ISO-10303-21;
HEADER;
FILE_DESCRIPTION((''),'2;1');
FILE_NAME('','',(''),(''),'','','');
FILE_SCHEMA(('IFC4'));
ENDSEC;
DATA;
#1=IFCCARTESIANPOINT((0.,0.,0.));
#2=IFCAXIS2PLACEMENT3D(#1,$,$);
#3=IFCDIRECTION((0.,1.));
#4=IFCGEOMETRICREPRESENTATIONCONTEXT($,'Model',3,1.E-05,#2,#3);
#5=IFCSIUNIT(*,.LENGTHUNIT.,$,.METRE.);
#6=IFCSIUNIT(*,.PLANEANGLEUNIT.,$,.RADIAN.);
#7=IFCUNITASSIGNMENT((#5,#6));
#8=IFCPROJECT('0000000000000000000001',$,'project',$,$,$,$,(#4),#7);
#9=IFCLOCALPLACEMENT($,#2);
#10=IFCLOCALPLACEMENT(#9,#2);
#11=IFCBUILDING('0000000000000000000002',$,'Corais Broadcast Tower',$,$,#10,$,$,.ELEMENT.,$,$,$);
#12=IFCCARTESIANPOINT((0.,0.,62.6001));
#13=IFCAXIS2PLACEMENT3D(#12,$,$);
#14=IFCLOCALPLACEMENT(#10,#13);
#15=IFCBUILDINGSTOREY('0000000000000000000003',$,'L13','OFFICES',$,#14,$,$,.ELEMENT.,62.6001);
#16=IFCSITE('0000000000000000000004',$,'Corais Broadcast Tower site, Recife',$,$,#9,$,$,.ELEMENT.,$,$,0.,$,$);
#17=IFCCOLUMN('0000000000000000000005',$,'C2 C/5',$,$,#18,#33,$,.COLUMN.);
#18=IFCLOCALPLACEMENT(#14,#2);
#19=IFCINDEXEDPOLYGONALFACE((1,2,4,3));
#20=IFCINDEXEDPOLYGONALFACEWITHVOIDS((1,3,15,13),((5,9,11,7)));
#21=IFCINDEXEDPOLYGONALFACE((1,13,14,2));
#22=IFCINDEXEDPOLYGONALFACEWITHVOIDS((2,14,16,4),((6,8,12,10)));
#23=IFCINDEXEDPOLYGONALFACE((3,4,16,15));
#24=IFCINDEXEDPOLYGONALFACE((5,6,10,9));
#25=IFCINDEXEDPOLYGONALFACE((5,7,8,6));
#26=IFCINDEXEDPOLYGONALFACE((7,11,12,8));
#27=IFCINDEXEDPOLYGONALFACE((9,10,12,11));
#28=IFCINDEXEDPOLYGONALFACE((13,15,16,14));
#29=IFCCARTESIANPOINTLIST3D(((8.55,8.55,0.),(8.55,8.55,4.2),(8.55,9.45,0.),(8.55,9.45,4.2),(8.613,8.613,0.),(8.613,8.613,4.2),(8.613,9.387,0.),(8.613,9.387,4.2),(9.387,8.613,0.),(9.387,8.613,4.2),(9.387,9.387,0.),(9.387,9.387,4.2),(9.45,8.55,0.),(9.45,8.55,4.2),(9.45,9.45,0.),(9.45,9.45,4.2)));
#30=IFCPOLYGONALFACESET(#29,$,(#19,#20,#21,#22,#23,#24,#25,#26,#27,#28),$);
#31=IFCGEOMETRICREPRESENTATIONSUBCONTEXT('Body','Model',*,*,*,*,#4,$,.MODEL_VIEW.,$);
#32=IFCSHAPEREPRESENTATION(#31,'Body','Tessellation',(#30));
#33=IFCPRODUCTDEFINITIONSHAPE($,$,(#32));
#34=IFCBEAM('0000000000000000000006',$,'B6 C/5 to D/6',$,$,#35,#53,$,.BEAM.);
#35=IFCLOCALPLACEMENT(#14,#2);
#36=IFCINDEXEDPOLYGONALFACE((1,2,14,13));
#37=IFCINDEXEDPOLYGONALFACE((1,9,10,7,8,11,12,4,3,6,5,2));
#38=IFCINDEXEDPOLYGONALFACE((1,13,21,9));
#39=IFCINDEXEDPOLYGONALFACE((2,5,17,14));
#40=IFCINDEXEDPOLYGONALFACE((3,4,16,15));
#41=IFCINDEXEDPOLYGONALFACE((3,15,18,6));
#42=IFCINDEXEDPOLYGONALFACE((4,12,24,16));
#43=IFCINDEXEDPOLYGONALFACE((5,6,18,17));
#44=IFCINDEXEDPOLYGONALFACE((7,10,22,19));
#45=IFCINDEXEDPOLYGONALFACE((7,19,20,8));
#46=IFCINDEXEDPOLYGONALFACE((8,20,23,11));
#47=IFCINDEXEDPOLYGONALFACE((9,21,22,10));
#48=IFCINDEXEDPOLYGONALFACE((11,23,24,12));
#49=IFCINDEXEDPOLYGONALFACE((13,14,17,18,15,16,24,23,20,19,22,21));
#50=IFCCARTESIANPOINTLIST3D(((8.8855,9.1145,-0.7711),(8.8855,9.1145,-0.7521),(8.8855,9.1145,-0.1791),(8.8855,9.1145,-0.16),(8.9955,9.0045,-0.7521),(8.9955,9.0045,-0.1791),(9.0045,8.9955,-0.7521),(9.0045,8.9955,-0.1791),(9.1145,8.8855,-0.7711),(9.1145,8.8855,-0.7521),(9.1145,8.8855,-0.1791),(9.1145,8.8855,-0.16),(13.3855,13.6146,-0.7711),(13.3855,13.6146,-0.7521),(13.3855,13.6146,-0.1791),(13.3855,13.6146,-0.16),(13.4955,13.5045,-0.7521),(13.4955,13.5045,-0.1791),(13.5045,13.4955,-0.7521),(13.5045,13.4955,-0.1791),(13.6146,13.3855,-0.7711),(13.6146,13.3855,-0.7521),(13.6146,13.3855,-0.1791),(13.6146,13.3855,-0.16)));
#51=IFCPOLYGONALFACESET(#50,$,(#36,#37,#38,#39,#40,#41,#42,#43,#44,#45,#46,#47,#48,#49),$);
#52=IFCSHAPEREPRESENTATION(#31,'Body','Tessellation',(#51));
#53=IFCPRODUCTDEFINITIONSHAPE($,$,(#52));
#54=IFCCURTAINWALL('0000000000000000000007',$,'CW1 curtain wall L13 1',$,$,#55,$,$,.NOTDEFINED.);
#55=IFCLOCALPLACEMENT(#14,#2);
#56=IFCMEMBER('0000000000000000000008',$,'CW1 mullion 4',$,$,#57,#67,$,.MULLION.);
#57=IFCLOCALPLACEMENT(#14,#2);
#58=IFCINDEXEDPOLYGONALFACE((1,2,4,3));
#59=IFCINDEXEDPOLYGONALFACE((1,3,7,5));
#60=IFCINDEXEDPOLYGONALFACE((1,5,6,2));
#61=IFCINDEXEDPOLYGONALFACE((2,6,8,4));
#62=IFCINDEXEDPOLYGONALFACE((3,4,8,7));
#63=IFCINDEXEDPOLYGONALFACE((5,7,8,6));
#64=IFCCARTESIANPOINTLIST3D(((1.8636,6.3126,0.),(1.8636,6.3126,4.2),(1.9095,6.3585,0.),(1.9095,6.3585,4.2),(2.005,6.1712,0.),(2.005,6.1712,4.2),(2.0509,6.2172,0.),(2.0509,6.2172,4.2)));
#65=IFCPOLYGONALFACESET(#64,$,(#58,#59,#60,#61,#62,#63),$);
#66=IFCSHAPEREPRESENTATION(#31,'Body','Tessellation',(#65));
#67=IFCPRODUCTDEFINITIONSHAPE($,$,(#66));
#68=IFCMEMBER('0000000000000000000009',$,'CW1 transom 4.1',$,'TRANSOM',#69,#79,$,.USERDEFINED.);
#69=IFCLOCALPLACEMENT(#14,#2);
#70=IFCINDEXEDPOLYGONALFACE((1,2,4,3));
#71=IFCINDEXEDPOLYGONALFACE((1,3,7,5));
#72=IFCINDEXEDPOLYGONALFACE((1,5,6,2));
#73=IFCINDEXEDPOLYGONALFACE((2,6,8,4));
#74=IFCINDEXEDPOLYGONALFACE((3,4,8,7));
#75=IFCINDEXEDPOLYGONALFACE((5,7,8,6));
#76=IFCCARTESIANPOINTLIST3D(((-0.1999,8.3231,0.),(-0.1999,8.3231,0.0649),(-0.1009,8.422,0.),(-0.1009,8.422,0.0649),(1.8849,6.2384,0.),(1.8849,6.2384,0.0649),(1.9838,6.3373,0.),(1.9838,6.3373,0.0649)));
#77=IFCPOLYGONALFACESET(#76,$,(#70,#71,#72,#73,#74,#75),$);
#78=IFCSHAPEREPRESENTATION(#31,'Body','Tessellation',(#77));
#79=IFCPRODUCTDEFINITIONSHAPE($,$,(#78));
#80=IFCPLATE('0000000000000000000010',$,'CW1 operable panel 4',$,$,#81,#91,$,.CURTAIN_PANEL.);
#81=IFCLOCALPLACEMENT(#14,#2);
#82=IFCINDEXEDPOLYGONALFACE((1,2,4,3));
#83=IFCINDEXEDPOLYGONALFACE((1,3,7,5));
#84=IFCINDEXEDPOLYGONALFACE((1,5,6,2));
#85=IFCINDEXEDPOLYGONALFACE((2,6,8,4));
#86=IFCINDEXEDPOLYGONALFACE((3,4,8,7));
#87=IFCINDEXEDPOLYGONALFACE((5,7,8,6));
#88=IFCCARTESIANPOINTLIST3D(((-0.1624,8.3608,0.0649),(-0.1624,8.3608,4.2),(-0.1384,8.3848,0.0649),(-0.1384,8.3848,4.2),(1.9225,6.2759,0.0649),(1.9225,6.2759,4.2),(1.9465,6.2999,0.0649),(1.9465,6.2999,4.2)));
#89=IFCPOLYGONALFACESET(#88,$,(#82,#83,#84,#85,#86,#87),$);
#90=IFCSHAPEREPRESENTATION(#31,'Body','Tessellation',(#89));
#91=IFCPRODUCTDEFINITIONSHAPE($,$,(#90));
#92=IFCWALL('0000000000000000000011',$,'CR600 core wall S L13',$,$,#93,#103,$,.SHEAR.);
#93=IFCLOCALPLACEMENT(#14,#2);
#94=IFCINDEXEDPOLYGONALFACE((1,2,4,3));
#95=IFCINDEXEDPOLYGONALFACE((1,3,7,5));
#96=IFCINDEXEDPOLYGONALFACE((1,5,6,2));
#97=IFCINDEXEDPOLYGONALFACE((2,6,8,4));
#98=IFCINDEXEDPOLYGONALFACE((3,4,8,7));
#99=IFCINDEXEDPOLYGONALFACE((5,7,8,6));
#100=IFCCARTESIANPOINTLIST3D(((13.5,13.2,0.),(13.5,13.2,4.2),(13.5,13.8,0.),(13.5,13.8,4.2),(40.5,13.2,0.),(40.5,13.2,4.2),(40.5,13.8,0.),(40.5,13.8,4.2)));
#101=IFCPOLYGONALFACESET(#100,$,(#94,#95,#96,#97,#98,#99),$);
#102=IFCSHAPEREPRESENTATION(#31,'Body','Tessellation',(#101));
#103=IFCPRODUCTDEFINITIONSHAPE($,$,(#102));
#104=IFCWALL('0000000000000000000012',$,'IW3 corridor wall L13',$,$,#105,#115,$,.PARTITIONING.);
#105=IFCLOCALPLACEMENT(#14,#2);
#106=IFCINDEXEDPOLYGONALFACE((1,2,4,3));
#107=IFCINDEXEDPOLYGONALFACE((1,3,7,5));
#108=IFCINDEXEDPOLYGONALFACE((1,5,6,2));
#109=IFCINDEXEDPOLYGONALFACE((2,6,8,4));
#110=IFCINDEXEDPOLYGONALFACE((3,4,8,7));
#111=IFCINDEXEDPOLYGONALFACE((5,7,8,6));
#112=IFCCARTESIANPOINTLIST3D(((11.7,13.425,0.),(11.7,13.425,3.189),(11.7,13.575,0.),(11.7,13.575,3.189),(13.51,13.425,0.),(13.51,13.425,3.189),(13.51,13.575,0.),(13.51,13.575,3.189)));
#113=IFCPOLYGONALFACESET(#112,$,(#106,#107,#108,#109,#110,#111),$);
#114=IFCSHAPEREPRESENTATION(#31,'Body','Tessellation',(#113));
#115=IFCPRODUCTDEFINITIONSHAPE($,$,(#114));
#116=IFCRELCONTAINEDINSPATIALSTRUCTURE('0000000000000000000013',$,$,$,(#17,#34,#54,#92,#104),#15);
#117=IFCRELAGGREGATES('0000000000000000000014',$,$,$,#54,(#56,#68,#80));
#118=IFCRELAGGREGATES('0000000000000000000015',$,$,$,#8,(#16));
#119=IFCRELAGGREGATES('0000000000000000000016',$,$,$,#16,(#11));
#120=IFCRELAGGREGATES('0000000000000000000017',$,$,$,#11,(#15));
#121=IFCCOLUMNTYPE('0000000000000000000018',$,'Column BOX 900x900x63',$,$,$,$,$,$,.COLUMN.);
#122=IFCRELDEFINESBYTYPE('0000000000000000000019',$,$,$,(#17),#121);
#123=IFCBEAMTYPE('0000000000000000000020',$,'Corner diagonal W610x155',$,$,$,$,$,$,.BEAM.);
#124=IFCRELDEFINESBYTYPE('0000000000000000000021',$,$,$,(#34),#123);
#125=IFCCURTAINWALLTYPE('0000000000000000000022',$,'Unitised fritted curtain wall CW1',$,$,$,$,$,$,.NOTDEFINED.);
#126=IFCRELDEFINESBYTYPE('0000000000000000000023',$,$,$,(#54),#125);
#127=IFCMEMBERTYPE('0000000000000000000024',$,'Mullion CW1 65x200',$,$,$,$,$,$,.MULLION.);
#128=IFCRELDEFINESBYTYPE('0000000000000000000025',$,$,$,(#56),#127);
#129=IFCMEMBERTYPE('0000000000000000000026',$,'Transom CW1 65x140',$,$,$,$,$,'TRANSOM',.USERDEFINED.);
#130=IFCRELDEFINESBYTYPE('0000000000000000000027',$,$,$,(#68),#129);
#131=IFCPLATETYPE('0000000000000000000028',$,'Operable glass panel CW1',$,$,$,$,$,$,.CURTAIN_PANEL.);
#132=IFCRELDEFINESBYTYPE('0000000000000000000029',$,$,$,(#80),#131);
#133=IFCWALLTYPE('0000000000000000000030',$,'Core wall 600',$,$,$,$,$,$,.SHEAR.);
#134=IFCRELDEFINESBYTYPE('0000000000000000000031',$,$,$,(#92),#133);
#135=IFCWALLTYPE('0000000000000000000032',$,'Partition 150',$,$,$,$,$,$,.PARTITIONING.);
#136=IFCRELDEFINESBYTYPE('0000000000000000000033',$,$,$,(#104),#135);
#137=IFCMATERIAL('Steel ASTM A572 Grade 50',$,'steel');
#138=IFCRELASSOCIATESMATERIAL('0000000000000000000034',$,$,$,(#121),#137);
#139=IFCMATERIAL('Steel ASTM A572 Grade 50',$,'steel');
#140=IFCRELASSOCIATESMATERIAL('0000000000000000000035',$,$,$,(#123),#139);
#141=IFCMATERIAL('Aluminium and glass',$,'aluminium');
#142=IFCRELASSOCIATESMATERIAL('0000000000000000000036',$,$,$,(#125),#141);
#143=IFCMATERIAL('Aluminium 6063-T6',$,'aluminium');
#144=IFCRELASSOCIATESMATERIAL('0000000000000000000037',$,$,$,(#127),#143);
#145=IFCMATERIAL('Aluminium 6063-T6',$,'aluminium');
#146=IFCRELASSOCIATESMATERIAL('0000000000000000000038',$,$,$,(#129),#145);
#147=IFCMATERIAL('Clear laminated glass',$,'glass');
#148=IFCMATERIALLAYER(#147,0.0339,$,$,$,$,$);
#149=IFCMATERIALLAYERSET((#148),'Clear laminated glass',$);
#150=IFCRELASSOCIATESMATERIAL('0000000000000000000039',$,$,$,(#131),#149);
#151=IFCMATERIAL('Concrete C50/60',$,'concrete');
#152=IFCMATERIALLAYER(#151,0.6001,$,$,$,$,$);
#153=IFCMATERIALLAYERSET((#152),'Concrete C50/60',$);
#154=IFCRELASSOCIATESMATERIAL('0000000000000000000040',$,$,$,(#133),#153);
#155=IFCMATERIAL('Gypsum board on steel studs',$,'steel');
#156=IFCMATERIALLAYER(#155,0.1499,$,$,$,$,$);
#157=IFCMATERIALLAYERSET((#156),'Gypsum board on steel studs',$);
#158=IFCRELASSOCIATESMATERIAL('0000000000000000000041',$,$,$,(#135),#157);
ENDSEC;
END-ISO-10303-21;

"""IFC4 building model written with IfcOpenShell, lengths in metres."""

from ifc_helpers import new_model, si_unit, direction, frame, frame_2d, origin, origin_2d, place, context, subcontext, project, spatial, rectangle, hollow_rectangle, i_section, extrude, material, layer, layer_set, material_profile, profile_set, type_object, element, aggregate, save


model = new_model("IFC4")

# Units and contexts
model_context = context("Model", 3, precision=1e-05, world=origin(), true_north=direction((0.0, 1.0)))
body_context = subcontext(model_context, "Body", "Model", "MODEL_VIEW")
ifc_project = project(units=[si_unit("LENGTHUNIT", "METRE"), si_unit("PLANEANGLEUNIT", "RADIAN")], contexts=[model_context])

# Site, building, storey
site_placement = place(None, origin())
site = spatial("IfcSite", under=ifc_project, at=site_placement, Name="Corais Broadcast Tower site, Recife", CompositionType="ELEMENT", RefElevation=0.0)
building_placement = place(site_placement, origin())
building = spatial("IfcBuilding", under=site, at=building_placement, Name="Corais Broadcast Tower", CompositionType="ELEMENT")
storey_placement = place(building_placement, frame((0.0, 0.0, 62.6001)))
storey = spatial("IfcBuildingStorey", under=building, at=storey_placement, Name="L13", Description="OFFICES", CompositionType="ELEMENT", Elevation=62.6001)

# Column
ifc_material_1 = material(Name="Steel ASTM A572 Grade 50", Category="steel")
ifc_material_profile_1 = material_profile(ifc_material_1, hollow_rectangle(XDim=0.8999, YDim=0.8999, WallThickness=0.063, at=origin_2d()), Name="BOX 900x900x63")
ifc_profile_set_1 = profile_set([ifc_material_profile_1], Name="Steel ASTM A572 Grade 50")
column_type = type_object("IfcColumnType", Name="Column BOX 900x900x63", PredefinedType="COLUMN", material=ifc_profile_set_1)
column_placement = place(storey_placement, frame((9.0, 9.0, 0.0), z_axis=(0.0, 0.0, 1.0), x_axis=(1.0, 0.0, 0.0)))
element("IfcColumn", 1, at=column_placement, inside=storey, type_object=column_type, Name="C2 C/5", PredefinedType="COLUMN", context=body_context, shape_type="SweptSolid", body=[
    extrude(hollow_rectangle(XDim=0.8999, YDim=0.8999, WallThickness=0.063, at=origin_2d()), origin(), (0.0, 0.0, 1.0), 4.2),
])

# Beam
ifc_material_2 = material(Name="Steel ASTM A572 Grade 50", Category="steel")
ifc_material_profile_2 = material_profile(ifc_material_2, i_section(OverallWidth=0.324, OverallDepth=0.6111, WebThickness=0.0127, FlangeThickness=0.019, at=origin_2d()), Name="W610x155")
ifc_profile_set_2 = profile_set([ifc_material_profile_2], Name="Steel ASTM A572 Grade 50")
beam_type = type_object("IfcBeamType", Name="Corner diagonal W610x155", PredefinedType="BEAM", material=ifc_profile_set_2)
beam_placement = place(storey_placement, frame((9.0, 9.0, -0.4656), z_axis=(0.707107, 0.707107, 0.0), x_axis=(-0.707107, 0.707107, 0.0)))
element("IfcBeam", 2, at=beam_placement, inside=storey, type_object=beam_type, Name="B6 C/5 to D/6", PredefinedType="BEAM", context=body_context, shape_type="SweptSolid", body=[
    extrude(i_section(OverallWidth=0.324, OverallDepth=0.6111, WebThickness=0.0127, FlangeThickness=0.019, at=origin_2d()), origin(), (0.0, 0.0, 1.0), 6.364),
])

# Curtain wall, members, plate
ifc_material_3 = material(Name="Aluminium and glass", Category="aluminium")
curtain_wall_type = type_object("IfcCurtainWallType", Name="Unitised fritted curtain wall CW1", PredefinedType="NOTDEFINED", material=ifc_material_3)
curtain_wall_placement = place(storey_placement, origin())
curtain_wall = element("IfcCurtainWall", 3, at=curtain_wall_placement, inside=storey, type_object=curtain_wall_type, Name="CW1 curtain wall L13 1", PredefinedType="NOTDEFINED")
ifc_material_4 = material(Name="Aluminium 6063-T6", Category="aluminium")
ifc_material_profile_3 = material_profile(ifc_material_4, rectangle(XDim=0.0649, YDim=0.2, at=origin_2d()), Name="Mullion CW1 65x200")
ifc_profile_set_3 = profile_set([ifc_material_profile_3], Name="Aluminium 6063-T6")
member_type_1 = type_object("IfcMemberType", Name="Mullion CW1 65x200", PredefinedType="MULLION", material=ifc_profile_set_3)
member_1_placement = place(storey_placement, frame((1.9573, 6.2649, 0.0), z_axis=(0.0, 0.0, 1.0), x_axis=(-0.707107, -0.707107, 0.0)))
member_1 = element("IfcMember", 4, at=member_1_placement, type_object=member_type_1, Name="CW1 mullion 4", PredefinedType="MULLION", context=body_context, shape_type="SweptSolid", body=[
    extrude(rectangle(XDim=0.0649, YDim=0.2, at=origin_2d()), origin(), (0.0, 0.0, 1.0), 4.2),
])
ifc_material_5 = material(Name="Aluminium 6063-T6", Category="aluminium")
ifc_material_profile_4 = material_profile(ifc_material_5, rectangle(XDim=0.1399, YDim=0.0649, at=origin_2d()), Name="Transom CW1 65x140")
ifc_profile_set_4 = profile_set([ifc_material_profile_4], Name="Aluminium 6063-T6")
member_type_2 = type_object("IfcMemberType", Name="Transom CW1 65x140", ElementType="TRANSOM", PredefinedType="USERDEFINED", material=ifc_profile_set_4)
member_2_placement = place(storey_placement, frame((1.9343, 6.2878, 0.0325), z_axis=(-0.707107, 0.707107, 0.0), x_axis=(-0.707107, -0.707107, 0.0)))
member_2 = element("IfcMember", 5, at=member_2_placement, type_object=member_type_2, Name="CW1 transom 4.1", ObjectType="TRANSOM", PredefinedType="USERDEFINED", context=body_context, shape_type="SweptSolid", body=[
    extrude(rectangle(XDim=0.1399, YDim=0.0649, at=origin_2d()), origin(), (0.0, 0.0, 1.0), 2.9482),
])
ifc_material_6 = material(Name="Clear laminated glass", Category="glass")
ifc_layer_1 = layer(ifc_material_6, 0.0339)
ifc_layer_set_1 = layer_set([ifc_layer_1], Name="Clear laminated glass")
plate_type = type_object("IfcPlateType", Name="Operable glass panel CW1", PredefinedType="CURTAIN_PANEL", material=ifc_layer_set_1)
plate_placement = place(storey_placement, frame((0.8921, 7.3303, 0.0649), z_axis=(0.0, 0.0, 1.0), x_axis=(-0.707107, 0.707107, 0.0)))
plate = element("IfcPlate", 6, at=plate_placement, type_object=plate_type, Name="CW1 operable panel 4", PredefinedType="CURTAIN_PANEL", context=body_context, shape_type="SweptSolid", body=[
    extrude(rectangle(XDim=2.9485, YDim=0.0339, at=origin_2d()), origin(), (0.0, 0.0, 1.0), 4.135),
])
aggregate(curtain_wall, [member_1, member_2, plate])

# Walls
ifc_material_7 = material(Name="Concrete C50/60", Category="concrete")
ifc_layer_2 = layer(ifc_material_7, 0.6001)
ifc_layer_set_2 = layer_set([ifc_layer_2], Name="Concrete C50/60")
wall_type_1 = type_object("IfcWallType", Name="Core wall 600", PredefinedType="SHEAR", material=ifc_layer_set_2)
wall_1_placement = place(storey_placement, frame((13.5, 13.5, 0.0), z_axis=(0.0, 0.0, 1.0), x_axis=(1.0, 0.0, 0.0)))
element("IfcWall", 7, at=wall_1_placement, inside=storey, type_object=wall_type_1, Name="CR600 core wall S L13", PredefinedType="SHEAR", context=body_context, shape_type="SweptSolid", body=[
    extrude(rectangle(XDim=27.0, YDim=0.6001, at=frame_2d((13.5, 0.0))), origin(), (0.0, 0.0, 1.0), 4.2),
])
ifc_material_8 = material(Name="Gypsum board on steel studs", Category="steel")
ifc_layer_3 = layer(ifc_material_8, 0.1499)
ifc_layer_set_3 = layer_set([ifc_layer_3], Name="Gypsum board on steel studs")
wall_type_2 = type_object("IfcWallType", Name="Partition 150", PredefinedType="PARTITIONING", material=ifc_layer_set_3)
wall_2_placement = place(storey_placement, frame((11.7, 13.5, 0.0), z_axis=(0.0, 0.0, 1.0), x_axis=(1.0, 0.0, 0.0)))
element("IfcWall", 8, at=wall_2_placement, inside=storey, type_object=wall_type_2, Name="IW3 corridor wall L13", PredefinedType="PARTITIONING", context=body_context, shape_type="SweptSolid", body=[
    extrude(rectangle(XDim=1.8101, YDim=0.1499, at=frame_2d((0.905, 0.0))), origin(), (0.0, 0.0, 1.0), 3.189),
])

save(model, "model.ifc")
